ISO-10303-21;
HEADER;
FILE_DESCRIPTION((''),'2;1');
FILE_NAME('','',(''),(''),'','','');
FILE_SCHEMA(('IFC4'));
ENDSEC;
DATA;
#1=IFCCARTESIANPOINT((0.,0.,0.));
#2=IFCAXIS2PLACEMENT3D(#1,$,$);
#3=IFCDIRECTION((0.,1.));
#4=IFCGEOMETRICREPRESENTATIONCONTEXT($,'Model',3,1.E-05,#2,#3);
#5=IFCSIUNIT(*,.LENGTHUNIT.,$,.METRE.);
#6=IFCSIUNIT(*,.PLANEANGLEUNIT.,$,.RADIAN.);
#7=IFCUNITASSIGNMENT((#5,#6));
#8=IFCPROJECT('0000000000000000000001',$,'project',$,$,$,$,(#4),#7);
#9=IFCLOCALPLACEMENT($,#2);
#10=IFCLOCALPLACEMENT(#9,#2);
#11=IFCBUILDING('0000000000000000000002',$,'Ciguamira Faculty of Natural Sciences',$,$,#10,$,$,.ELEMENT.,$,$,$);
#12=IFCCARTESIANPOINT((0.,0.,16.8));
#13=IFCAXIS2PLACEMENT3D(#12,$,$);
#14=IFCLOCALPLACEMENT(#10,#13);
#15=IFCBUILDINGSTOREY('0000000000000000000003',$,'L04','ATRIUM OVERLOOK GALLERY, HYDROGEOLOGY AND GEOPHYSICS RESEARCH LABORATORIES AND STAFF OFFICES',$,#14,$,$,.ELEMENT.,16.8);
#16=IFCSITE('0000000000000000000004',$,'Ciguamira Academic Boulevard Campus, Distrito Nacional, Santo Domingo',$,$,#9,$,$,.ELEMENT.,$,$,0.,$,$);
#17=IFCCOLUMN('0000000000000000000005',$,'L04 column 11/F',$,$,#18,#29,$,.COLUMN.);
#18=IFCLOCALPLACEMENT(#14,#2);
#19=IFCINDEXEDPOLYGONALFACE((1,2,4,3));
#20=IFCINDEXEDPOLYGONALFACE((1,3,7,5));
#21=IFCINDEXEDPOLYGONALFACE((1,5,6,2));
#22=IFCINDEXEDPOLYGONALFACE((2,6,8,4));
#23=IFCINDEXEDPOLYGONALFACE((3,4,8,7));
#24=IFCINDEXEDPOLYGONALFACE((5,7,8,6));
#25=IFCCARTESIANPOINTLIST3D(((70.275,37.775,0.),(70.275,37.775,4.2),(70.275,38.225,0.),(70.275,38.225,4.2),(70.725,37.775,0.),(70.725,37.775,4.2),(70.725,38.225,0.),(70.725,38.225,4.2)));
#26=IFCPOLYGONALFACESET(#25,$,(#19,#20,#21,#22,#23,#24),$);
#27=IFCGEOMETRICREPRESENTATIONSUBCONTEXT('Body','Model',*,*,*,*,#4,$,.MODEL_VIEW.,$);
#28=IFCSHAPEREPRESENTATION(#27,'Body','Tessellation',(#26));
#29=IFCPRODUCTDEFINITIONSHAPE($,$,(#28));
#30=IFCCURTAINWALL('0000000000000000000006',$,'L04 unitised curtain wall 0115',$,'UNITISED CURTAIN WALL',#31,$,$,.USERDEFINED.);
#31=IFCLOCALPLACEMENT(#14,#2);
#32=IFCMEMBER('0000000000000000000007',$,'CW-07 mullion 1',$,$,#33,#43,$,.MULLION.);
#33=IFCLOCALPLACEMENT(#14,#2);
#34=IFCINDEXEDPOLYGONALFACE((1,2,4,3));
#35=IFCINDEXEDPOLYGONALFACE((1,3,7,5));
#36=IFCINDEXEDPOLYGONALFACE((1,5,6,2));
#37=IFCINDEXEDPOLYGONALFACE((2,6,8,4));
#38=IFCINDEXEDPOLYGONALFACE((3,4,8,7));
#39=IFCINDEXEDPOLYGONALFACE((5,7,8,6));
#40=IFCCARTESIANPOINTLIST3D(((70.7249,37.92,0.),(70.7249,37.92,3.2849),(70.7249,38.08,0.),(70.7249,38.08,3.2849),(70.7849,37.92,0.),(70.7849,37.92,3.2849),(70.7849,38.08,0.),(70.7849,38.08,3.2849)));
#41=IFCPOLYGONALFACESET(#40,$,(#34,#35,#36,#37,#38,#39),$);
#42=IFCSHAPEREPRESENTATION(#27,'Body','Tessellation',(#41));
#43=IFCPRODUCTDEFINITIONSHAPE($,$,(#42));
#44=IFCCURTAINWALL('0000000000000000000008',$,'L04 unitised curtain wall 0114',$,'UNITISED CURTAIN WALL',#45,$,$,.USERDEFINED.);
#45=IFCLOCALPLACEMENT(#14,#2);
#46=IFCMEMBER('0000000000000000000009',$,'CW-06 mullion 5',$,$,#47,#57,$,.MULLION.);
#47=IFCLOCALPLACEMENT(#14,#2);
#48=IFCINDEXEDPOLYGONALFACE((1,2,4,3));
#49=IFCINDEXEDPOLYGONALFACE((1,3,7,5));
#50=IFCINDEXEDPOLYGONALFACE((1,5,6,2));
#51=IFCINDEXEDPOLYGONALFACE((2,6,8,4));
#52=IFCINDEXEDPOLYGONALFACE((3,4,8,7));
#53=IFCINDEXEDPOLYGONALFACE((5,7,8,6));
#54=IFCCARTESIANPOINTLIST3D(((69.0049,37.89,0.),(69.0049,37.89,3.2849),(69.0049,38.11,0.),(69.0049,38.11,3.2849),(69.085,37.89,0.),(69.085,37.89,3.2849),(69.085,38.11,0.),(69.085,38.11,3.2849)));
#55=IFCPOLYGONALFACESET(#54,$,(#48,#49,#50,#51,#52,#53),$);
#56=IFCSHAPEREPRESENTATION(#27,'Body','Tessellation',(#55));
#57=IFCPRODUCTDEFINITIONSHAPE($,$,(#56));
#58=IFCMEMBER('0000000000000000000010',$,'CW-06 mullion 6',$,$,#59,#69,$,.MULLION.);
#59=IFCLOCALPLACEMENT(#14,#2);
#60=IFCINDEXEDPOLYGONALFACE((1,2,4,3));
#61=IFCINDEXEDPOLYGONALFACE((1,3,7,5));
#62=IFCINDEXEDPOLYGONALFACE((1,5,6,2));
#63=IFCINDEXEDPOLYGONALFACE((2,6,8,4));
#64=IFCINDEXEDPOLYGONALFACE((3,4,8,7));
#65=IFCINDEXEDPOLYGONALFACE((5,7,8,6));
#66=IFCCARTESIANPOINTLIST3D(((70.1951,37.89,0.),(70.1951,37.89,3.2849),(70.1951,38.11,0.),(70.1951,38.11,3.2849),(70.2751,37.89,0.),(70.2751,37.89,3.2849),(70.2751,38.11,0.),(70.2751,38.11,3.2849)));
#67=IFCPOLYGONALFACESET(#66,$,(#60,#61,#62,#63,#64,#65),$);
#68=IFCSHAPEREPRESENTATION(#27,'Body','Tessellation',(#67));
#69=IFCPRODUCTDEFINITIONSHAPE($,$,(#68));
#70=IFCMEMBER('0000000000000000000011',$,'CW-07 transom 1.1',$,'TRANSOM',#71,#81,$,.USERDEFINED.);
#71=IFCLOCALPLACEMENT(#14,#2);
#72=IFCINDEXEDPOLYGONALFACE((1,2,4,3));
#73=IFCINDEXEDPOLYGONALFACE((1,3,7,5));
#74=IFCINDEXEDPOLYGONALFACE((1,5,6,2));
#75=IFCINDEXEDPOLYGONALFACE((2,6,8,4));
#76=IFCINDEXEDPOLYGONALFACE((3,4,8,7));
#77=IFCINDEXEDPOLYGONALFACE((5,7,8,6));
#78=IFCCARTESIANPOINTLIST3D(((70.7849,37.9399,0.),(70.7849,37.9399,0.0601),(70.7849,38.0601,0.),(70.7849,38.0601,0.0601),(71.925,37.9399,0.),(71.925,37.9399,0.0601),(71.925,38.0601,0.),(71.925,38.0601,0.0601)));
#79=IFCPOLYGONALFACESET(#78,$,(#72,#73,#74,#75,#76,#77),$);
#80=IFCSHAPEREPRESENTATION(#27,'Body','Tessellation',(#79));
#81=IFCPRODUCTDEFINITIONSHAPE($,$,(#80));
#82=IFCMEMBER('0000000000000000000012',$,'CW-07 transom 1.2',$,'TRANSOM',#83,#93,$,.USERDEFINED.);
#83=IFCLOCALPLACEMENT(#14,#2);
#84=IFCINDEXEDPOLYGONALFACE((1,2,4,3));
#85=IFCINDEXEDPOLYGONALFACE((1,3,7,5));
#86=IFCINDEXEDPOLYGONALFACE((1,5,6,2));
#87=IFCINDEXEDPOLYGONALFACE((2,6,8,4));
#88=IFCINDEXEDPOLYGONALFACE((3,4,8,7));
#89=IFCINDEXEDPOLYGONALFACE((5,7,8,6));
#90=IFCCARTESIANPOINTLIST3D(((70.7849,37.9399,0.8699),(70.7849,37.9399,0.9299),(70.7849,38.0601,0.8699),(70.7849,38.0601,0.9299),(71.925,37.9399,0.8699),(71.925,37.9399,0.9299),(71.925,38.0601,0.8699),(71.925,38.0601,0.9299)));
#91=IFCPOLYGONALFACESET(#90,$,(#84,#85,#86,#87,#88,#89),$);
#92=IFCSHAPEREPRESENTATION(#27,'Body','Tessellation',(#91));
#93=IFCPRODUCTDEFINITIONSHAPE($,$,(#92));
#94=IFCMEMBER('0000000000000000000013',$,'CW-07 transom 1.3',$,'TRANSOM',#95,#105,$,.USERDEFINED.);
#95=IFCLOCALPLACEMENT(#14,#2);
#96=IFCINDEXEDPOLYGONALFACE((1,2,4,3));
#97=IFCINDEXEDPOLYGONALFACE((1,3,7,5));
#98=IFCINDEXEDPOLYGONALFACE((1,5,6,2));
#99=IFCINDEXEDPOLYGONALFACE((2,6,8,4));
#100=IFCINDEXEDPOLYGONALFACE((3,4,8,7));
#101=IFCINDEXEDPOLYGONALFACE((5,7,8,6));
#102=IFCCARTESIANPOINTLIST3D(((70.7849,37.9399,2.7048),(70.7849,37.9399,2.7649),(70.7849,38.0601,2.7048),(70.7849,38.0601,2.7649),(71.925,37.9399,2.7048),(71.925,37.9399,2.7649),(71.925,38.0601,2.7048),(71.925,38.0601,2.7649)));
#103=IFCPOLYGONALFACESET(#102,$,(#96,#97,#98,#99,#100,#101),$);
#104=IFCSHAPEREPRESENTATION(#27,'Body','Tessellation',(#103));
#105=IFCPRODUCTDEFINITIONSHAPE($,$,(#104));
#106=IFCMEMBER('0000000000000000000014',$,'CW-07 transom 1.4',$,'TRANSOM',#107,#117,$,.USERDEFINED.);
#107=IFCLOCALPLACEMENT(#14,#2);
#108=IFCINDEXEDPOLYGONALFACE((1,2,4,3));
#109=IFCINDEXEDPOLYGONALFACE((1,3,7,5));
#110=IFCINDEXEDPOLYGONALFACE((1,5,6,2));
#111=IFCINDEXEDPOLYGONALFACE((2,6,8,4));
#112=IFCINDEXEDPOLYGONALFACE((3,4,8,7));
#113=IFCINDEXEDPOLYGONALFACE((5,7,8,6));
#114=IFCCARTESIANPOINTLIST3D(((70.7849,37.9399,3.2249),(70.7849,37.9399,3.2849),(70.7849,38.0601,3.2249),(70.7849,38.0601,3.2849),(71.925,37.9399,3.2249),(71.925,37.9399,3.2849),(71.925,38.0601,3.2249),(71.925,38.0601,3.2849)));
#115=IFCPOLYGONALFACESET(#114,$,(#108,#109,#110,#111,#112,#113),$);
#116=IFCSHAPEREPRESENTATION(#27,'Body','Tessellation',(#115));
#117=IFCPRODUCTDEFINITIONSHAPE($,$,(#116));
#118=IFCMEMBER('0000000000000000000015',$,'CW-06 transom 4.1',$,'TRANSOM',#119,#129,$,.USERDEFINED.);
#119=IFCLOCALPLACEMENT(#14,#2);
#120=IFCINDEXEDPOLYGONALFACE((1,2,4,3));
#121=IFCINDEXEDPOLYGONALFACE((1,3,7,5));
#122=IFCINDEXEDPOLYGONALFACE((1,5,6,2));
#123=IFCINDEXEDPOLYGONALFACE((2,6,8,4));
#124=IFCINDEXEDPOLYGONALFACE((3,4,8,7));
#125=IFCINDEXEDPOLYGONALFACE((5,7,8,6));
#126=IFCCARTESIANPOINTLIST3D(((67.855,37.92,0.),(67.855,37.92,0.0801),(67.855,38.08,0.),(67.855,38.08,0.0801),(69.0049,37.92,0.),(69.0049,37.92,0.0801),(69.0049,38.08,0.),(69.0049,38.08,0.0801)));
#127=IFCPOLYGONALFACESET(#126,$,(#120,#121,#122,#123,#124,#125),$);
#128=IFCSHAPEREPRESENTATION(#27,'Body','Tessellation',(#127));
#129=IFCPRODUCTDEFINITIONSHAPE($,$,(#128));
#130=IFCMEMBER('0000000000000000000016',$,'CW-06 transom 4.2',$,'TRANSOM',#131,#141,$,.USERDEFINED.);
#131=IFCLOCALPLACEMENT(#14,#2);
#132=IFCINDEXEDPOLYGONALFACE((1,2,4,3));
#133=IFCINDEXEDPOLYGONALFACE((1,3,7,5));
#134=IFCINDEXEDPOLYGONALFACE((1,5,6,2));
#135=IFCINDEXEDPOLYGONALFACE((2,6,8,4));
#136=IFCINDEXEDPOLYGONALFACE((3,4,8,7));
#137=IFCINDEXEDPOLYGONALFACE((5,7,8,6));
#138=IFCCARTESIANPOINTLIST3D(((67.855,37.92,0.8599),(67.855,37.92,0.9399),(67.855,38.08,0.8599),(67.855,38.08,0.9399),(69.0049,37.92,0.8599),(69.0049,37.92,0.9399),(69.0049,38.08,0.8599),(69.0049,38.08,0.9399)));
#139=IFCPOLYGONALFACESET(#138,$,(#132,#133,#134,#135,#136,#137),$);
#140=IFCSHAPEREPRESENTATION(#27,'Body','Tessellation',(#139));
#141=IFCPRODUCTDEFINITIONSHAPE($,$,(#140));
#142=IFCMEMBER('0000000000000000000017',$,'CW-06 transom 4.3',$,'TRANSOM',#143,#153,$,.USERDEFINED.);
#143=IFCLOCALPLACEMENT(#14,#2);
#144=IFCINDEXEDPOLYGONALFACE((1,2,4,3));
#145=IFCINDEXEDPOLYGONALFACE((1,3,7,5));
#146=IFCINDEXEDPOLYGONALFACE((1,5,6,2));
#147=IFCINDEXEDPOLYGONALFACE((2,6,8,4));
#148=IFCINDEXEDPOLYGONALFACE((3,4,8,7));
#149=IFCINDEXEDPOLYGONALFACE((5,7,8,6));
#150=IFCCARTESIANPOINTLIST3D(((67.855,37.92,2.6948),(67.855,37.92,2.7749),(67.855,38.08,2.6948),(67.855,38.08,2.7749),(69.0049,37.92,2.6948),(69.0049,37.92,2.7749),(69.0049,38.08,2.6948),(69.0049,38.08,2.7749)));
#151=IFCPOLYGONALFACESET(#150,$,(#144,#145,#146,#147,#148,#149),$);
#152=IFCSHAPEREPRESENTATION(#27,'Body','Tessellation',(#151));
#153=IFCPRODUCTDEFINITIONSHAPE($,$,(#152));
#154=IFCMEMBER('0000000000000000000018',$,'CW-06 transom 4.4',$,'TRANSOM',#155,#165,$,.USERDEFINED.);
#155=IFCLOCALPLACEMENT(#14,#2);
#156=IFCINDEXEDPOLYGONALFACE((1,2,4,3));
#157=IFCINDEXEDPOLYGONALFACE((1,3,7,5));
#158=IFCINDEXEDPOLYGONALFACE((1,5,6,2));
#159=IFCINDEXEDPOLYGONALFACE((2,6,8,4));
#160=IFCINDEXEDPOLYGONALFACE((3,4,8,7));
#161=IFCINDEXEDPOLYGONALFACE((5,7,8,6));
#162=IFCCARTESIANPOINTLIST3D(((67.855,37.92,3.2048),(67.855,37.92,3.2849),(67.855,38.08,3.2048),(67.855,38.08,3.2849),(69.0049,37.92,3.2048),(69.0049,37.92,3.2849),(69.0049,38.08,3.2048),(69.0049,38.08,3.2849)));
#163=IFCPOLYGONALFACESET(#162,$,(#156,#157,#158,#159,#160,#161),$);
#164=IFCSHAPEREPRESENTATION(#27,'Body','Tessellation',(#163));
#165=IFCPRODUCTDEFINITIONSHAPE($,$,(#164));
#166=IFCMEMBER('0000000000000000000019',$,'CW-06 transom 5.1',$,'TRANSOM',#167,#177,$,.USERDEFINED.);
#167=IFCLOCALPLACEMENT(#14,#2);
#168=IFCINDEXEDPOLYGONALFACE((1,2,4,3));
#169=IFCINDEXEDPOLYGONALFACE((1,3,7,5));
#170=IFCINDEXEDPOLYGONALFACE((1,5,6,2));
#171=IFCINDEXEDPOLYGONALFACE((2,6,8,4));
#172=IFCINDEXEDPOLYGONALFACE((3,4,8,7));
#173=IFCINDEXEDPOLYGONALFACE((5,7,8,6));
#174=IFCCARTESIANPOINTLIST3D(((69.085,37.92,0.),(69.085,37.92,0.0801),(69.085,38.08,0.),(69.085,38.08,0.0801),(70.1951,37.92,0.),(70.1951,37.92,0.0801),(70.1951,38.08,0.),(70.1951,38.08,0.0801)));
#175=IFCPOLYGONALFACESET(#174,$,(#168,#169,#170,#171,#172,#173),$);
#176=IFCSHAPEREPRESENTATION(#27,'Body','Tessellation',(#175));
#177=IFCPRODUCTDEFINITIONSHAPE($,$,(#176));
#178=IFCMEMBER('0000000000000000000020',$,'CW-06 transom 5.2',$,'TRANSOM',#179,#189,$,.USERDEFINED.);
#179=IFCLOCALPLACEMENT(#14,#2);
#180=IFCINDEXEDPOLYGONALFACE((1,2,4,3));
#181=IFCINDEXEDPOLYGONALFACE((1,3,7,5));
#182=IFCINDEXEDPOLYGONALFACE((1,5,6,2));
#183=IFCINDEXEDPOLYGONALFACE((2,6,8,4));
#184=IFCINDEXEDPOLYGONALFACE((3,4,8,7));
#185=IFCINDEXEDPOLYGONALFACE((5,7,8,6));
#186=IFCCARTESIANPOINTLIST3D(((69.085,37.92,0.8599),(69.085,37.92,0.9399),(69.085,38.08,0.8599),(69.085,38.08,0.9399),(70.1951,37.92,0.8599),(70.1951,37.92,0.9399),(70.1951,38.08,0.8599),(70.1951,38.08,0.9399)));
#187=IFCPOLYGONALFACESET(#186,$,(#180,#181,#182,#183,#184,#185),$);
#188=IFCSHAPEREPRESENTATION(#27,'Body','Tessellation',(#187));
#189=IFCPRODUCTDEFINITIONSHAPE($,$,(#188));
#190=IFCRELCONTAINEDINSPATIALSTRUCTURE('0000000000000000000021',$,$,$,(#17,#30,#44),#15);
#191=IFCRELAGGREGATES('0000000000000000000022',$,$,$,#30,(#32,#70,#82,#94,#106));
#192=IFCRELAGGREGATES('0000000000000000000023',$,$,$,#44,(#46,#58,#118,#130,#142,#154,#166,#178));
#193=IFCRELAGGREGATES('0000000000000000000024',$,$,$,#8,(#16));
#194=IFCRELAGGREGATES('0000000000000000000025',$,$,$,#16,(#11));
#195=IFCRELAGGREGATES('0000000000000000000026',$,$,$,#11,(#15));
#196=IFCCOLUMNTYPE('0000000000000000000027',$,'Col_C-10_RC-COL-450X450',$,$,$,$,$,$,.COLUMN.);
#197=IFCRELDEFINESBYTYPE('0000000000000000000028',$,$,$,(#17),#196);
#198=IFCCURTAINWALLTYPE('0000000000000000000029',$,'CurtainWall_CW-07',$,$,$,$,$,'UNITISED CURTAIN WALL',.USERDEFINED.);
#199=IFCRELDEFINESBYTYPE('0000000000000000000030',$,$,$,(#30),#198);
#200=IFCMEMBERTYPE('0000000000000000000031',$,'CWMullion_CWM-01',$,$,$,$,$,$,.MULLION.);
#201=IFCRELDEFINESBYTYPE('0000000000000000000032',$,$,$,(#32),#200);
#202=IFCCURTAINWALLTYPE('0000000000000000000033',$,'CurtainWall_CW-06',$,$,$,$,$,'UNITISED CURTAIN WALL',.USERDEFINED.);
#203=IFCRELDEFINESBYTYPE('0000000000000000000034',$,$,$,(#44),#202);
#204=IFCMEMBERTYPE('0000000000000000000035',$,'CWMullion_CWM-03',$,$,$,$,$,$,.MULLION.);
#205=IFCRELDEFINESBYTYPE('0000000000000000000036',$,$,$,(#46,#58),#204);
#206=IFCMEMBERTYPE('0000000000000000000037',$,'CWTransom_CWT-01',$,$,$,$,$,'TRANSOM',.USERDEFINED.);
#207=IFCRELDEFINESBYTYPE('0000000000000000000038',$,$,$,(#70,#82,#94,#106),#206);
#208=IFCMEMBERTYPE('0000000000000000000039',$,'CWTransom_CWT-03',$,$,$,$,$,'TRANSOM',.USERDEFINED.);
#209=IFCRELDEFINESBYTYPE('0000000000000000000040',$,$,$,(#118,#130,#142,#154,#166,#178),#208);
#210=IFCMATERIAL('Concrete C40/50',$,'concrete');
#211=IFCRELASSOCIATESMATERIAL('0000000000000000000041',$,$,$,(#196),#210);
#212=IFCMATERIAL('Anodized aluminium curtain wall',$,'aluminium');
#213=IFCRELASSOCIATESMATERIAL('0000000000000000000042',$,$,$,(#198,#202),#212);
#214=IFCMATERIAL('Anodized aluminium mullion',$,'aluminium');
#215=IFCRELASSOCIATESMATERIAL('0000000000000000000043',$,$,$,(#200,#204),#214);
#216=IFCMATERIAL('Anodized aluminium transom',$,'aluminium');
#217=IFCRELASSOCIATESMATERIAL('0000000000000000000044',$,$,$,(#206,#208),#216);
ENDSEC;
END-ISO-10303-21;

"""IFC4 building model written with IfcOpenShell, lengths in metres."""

from ifc_helpers import new_model, si_unit, direction, frame, origin, origin_2d, place, context, subcontext, project, spatial, rectangle, extrude, material, material_profile, profile_set, type_object, element, aggregate, save


model = new_model("IFC4")

# Units and contexts
model_context = context("Model", 3, precision=1e-05, world=origin(), true_north=direction((0.0, 1.0)))
body_context = subcontext(model_context, "Body", "Model", "MODEL_VIEW")
ifc_project = project(units=[si_unit("LENGTHUNIT", "METRE"), si_unit("PLANEANGLEUNIT", "RADIAN")], contexts=[model_context])

# Site, building, storey
site_placement = place(None, origin())
site = spatial("IfcSite", under=ifc_project, at=site_placement, Name="Ciguamira Academic Boulevard Campus, Distrito Nacional, Santo Domingo", CompositionType="ELEMENT", RefElevation=0.0)
building_placement = place(site_placement, origin())
building = spatial("IfcBuilding", under=site, at=building_placement, Name="Ciguamira Faculty of Natural Sciences", CompositionType="ELEMENT")
storey_placement = place(building_placement, frame((0.0, 0.0, 16.8)))
storey = spatial("IfcBuildingStorey", under=building, at=storey_placement, Name="L04", Description="ATRIUM OVERLOOK GALLERY, HYDROGEOLOGY AND GEOPHYSICS RESEARCH LABORATORIES AND STAFF OFFICES", CompositionType="ELEMENT", Elevation=16.8)

# Column
ifc_material_1 = material(Name="Concrete C40/50", Category="concrete")
ifc_material_profile_1 = material_profile(ifc_material_1, rectangle(XDim=0.45, YDim=0.45, at=origin_2d()), Name="RC-COL-450X450")
ifc_profile_set_1 = profile_set([ifc_material_profile_1], Name="Concrete C40/50")
column_type = type_object("IfcColumnType", Name="Col_C-10_RC-COL-450X450", PredefinedType="COLUMN", material=ifc_profile_set_1)
column_placement = place(storey_placement, frame((70.5, 38.0, 0.0), z_axis=(0.0, 0.0, 1.0), x_axis=(1.0, 0.0, 0.0)))
element("IfcColumn", 1, at=column_placement, inside=storey, type_object=column_type, Name="L04 column 11/F", PredefinedType="COLUMN", context=body_context, shape_type="SweptSolid", body=[
    extrude(rectangle(XDim=0.45, YDim=0.45, at=origin_2d()), origin(), (0.0, 0.0, 1.0), 4.2),
])

# Curtain wall, member
ifc_material_2 = material(Name="Anodized aluminium curtain wall", Category="aluminium")
curtain_wall_type_1 = type_object("IfcCurtainWallType", Name="CurtainWall_CW-07", ElementType="UNITISED CURTAIN WALL", PredefinedType="USERDEFINED", material=ifc_material_2)
curtain_wall_1_placement = place(storey_placement, origin())
curtain_wall_1 = element("IfcCurtainWall", 2, at=curtain_wall_1_placement, inside=storey, type_object=curtain_wall_type_1, Name="L04 unitised curtain wall 0115", ObjectType="UNITISED CURTAIN WALL", PredefinedType="USERDEFINED")
ifc_material_3 = material(Name="Anodized aluminium mullion", Category="aluminium")
ifc_material_profile_2 = material_profile(ifc_material_3, rectangle(XDim=0.0601, YDim=0.1599, at=origin_2d()), Name="ALU-MUL-60X160")
ifc_profile_set_2 = profile_set([ifc_material_profile_2], Name="Anodized aluminium mullion")
member_type_1 = type_object("IfcMemberType", Name="CWMullion_CWM-01", PredefinedType="MULLION", material=ifc_profile_set_2)
member_1_placement = place(storey_placement, frame((70.7549, 38.0, 0.0), z_axis=(0.0, 0.0, 1.0), x_axis=(1.0, 0.0, 0.0)))
member_1 = element("IfcMember", 3, at=member_1_placement, type_object=member_type_1, Name="CW-07 mullion 1", PredefinedType="MULLION", context=body_context, shape_type="SweptSolid", body=[
    extrude(rectangle(XDim=0.0601, YDim=0.1599, at=origin_2d()), origin(), (0.0, 0.0, 1.0), 3.2849),
])

# Curtain wall, members
curtain_wall_type_2 = type_object("IfcCurtainWallType", Name="CurtainWall_CW-06", ElementType="UNITISED CURTAIN WALL", PredefinedType="USERDEFINED", material=ifc_material_2)
curtain_wall_2_placement = place(storey_placement, origin())
curtain_wall_2 = element("IfcCurtainWall", 4, at=curtain_wall_2_placement, inside=storey, type_object=curtain_wall_type_2, Name="L04 unitised curtain wall 0114", ObjectType="UNITISED CURTAIN WALL", PredefinedType="USERDEFINED")
ifc_material_profile_3 = material_profile(ifc_material_3, rectangle(XDim=0.0801, YDim=0.22, at=origin_2d()), Name="ALU-MUL-80X220")
ifc_profile_set_3 = profile_set([ifc_material_profile_3], Name="Anodized aluminium mullion")
member_type_2 = type_object("IfcMemberType", Name="CWMullion_CWM-03", PredefinedType="MULLION", material=ifc_profile_set_3)
member_2_placement = place(storey_placement, frame((69.0449, 38.0, 0.0), z_axis=(0.0, 0.0, 1.0), x_axis=(1.0, 0.0, 0.0)))
member_2 = element("IfcMember", 5, at=member_2_placement, type_object=member_type_2, Name="CW-06 mullion 5", PredefinedType="MULLION", context=body_context, shape_type="SweptSolid", body=[
    extrude(rectangle(XDim=0.0801, YDim=0.22, at=origin_2d()), origin(), (0.0, 0.0, 1.0), 3.2849),
])
member_3_placement = place(storey_placement, frame((70.2351, 38.0, 0.0), z_axis=(0.0, 0.0, 1.0), x_axis=(1.0, 0.0, 0.0)))
member_3 = element("IfcMember", 6, at=member_3_placement, type_object=member_type_2, Name="CW-06 mullion 6", PredefinedType="MULLION", context=body_context, shape_type="SweptSolid", body=[
    extrude(rectangle(XDim=0.0801, YDim=0.22, at=origin_2d()), origin(), (0.0, 0.0, 1.0), 3.2849),
])

# Members
ifc_material_4 = material(Name="Anodized aluminium transom", Category="aluminium")
ifc_material_profile_4 = material_profile(ifc_material_4, rectangle(XDim=0.0601, YDim=0.1201, at=origin_2d()), Name="ALU-TRN-60X120")
ifc_profile_set_4 = profile_set([ifc_material_profile_4], Name="Anodized aluminium transom")
member_type_3 = type_object("IfcMemberType", Name="CWTransom_CWT-01", ElementType="TRANSOM", PredefinedType="USERDEFINED", material=ifc_profile_set_4)
member_4_placement = place(storey_placement, frame((70.7849, 38.0, 0.03), z_axis=(1.0, 0.0, 0.0), x_axis=(0.0, 0.0, 1.0)))
member_4 = element("IfcMember", 7, at=member_4_placement, type_object=member_type_3, Name="CW-07 transom 1.1", ObjectType="TRANSOM", PredefinedType="USERDEFINED", context=body_context, shape_type="SweptSolid", body=[
    extrude(rectangle(XDim=0.0601, YDim=0.1201, at=origin_2d()), origin(), (0.0, 0.0, 1.0), 1.1401),
])
member_5_placement = place(storey_placement, frame((70.7849, 38.0, 0.8999), z_axis=(1.0, 0.0, 0.0), x_axis=(0.0, 0.0, 1.0)))
member_5 = element("IfcMember", 8, at=member_5_placement, type_object=member_type_3, Name="CW-07 transom 1.2", ObjectType="TRANSOM", PredefinedType="USERDEFINED", context=body_context, shape_type="SweptSolid", body=[
    extrude(rectangle(XDim=0.0601, YDim=0.1201, at=origin_2d()), origin(), (0.0, 0.0, 1.0), 1.1401),
])
member_6_placement = place(storey_placement, frame((70.7849, 38.0, 2.7349), z_axis=(1.0, 0.0, 0.0), x_axis=(0.0, 0.0, 1.0)))
member_6 = element("IfcMember", 9, at=member_6_placement, type_object=member_type_3, Name="CW-07 transom 1.3", ObjectType="TRANSOM", PredefinedType="USERDEFINED", context=body_context, shape_type="SweptSolid", body=[
    extrude(rectangle(XDim=0.0601, YDim=0.1201, at=origin_2d()), origin(), (0.0, 0.0, 1.0), 1.1401),
])
member_7_placement = place(storey_placement, frame((70.7849, 38.0, 3.2549), z_axis=(1.0, 0.0, 0.0), x_axis=(0.0, 0.0, 1.0)))
member_7 = element("IfcMember", 10, at=member_7_placement, type_object=member_type_3, Name="CW-07 transom 1.4", ObjectType="TRANSOM", PredefinedType="USERDEFINED", context=body_context, shape_type="SweptSolid", body=[
    extrude(rectangle(XDim=0.0601, YDim=0.1201, at=origin_2d()), origin(), (0.0, 0.0, 1.0), 1.1401),
])
aggregate(curtain_wall_1, [member_1, member_4, member_5, member_6, member_7])
ifc_material_profile_5 = material_profile(ifc_material_4, rectangle(XDim=0.0801, YDim=0.1599, at=origin_2d()), Name="ALU-TRN-80X160")
ifc_profile_set_5 = profile_set([ifc_material_profile_5], Name="Anodized aluminium transom")
member_type_4 = type_object("IfcMemberType", Name="CWTransom_CWT-03", ElementType="TRANSOM", PredefinedType="USERDEFINED", material=ifc_profile_set_5)
member_8_placement = place(storey_placement, frame((67.855, 38.0, 0.04), z_axis=(1.0, 0.0, 0.0), x_axis=(0.0, 0.0, 1.0)))
member_8 = element("IfcMember", 11, at=member_8_placement, type_object=member_type_4, Name="CW-06 transom 4.1", ObjectType="TRANSOM", PredefinedType="USERDEFINED", context=body_context, shape_type="SweptSolid", body=[
    extrude(rectangle(XDim=0.0801, YDim=0.1599, at=origin_2d()), origin(), (0.0, 0.0, 1.0), 1.1499),
])
member_9_placement = place(storey_placement, frame((67.855, 38.0, 0.8999), z_axis=(1.0, 0.0, 0.0), x_axis=(0.0, 0.0, 1.0)))
member_9 = element("IfcMember", 12, at=member_9_placement, type_object=member_type_4, Name="CW-06 transom 4.2", ObjectType="TRANSOM", PredefinedType="USERDEFINED", context=body_context, shape_type="SweptSolid", body=[
    extrude(rectangle(XDim=0.0801, YDim=0.1599, at=origin_2d()), origin(), (0.0, 0.0, 1.0), 1.1499),
])
member_10_placement = place(storey_placement, frame((67.855, 38.0, 2.7349), z_axis=(1.0, 0.0, 0.0), x_axis=(0.0, 0.0, 1.0)))
member_10 = element("IfcMember", 13, at=member_10_placement, type_object=member_type_4, Name="CW-06 transom 4.3", ObjectType="TRANSOM", PredefinedType="USERDEFINED", context=body_context, shape_type="SweptSolid", body=[
    extrude(rectangle(XDim=0.0801, YDim=0.1599, at=origin_2d()), origin(), (0.0, 0.0, 1.0), 1.1499),
])
member_11_placement = place(storey_placement, frame((67.855, 38.0, 3.2449), z_axis=(1.0, 0.0, 0.0), x_axis=(0.0, 0.0, 1.0)))
member_11 = element("IfcMember", 14, at=member_11_placement, type_object=member_type_4, Name="CW-06 transom 4.4", ObjectType="TRANSOM", PredefinedType="USERDEFINED", context=body_context, shape_type="SweptSolid", body=[
    extrude(rectangle(XDim=0.0801, YDim=0.1599, at=origin_2d()), origin(), (0.0, 0.0, 1.0), 1.1499),
])
member_12_placement = place(storey_placement, frame((69.085, 38.0, 0.04), z_axis=(1.0, 0.0, 0.0), x_axis=(0.0, 0.0, 1.0)))
member_12 = element("IfcMember", 15, at=member_12_placement, type_object=member_type_4, Name="CW-06 transom 5.1", ObjectType="TRANSOM", PredefinedType="USERDEFINED", context=body_context, shape_type="SweptSolid", body=[
    extrude(rectangle(XDim=0.0801, YDim=0.1599, at=origin_2d()), origin(), (0.0, 0.0, 1.0), 1.1101),
])
member_13_placement = place(storey_placement, frame((69.085, 38.0, 0.8999), z_axis=(1.0, 0.0, 0.0), x_axis=(0.0, 0.0, 1.0)))
member_13 = element("IfcMember", 16, at=member_13_placement, type_object=member_type_4, Name="CW-06 transom 5.2", ObjectType="TRANSOM", PredefinedType="USERDEFINED", context=body_context, shape_type="SweptSolid", body=[
    extrude(rectangle(XDim=0.0801, YDim=0.1599, at=origin_2d()), origin(), (0.0, 0.0, 1.0), 1.1101),
])

aggregate(curtain_wall_2, [member_2, member_3, member_8, member_9, member_10, member_11, member_12, member_13])

save(model, "model.ifc")
